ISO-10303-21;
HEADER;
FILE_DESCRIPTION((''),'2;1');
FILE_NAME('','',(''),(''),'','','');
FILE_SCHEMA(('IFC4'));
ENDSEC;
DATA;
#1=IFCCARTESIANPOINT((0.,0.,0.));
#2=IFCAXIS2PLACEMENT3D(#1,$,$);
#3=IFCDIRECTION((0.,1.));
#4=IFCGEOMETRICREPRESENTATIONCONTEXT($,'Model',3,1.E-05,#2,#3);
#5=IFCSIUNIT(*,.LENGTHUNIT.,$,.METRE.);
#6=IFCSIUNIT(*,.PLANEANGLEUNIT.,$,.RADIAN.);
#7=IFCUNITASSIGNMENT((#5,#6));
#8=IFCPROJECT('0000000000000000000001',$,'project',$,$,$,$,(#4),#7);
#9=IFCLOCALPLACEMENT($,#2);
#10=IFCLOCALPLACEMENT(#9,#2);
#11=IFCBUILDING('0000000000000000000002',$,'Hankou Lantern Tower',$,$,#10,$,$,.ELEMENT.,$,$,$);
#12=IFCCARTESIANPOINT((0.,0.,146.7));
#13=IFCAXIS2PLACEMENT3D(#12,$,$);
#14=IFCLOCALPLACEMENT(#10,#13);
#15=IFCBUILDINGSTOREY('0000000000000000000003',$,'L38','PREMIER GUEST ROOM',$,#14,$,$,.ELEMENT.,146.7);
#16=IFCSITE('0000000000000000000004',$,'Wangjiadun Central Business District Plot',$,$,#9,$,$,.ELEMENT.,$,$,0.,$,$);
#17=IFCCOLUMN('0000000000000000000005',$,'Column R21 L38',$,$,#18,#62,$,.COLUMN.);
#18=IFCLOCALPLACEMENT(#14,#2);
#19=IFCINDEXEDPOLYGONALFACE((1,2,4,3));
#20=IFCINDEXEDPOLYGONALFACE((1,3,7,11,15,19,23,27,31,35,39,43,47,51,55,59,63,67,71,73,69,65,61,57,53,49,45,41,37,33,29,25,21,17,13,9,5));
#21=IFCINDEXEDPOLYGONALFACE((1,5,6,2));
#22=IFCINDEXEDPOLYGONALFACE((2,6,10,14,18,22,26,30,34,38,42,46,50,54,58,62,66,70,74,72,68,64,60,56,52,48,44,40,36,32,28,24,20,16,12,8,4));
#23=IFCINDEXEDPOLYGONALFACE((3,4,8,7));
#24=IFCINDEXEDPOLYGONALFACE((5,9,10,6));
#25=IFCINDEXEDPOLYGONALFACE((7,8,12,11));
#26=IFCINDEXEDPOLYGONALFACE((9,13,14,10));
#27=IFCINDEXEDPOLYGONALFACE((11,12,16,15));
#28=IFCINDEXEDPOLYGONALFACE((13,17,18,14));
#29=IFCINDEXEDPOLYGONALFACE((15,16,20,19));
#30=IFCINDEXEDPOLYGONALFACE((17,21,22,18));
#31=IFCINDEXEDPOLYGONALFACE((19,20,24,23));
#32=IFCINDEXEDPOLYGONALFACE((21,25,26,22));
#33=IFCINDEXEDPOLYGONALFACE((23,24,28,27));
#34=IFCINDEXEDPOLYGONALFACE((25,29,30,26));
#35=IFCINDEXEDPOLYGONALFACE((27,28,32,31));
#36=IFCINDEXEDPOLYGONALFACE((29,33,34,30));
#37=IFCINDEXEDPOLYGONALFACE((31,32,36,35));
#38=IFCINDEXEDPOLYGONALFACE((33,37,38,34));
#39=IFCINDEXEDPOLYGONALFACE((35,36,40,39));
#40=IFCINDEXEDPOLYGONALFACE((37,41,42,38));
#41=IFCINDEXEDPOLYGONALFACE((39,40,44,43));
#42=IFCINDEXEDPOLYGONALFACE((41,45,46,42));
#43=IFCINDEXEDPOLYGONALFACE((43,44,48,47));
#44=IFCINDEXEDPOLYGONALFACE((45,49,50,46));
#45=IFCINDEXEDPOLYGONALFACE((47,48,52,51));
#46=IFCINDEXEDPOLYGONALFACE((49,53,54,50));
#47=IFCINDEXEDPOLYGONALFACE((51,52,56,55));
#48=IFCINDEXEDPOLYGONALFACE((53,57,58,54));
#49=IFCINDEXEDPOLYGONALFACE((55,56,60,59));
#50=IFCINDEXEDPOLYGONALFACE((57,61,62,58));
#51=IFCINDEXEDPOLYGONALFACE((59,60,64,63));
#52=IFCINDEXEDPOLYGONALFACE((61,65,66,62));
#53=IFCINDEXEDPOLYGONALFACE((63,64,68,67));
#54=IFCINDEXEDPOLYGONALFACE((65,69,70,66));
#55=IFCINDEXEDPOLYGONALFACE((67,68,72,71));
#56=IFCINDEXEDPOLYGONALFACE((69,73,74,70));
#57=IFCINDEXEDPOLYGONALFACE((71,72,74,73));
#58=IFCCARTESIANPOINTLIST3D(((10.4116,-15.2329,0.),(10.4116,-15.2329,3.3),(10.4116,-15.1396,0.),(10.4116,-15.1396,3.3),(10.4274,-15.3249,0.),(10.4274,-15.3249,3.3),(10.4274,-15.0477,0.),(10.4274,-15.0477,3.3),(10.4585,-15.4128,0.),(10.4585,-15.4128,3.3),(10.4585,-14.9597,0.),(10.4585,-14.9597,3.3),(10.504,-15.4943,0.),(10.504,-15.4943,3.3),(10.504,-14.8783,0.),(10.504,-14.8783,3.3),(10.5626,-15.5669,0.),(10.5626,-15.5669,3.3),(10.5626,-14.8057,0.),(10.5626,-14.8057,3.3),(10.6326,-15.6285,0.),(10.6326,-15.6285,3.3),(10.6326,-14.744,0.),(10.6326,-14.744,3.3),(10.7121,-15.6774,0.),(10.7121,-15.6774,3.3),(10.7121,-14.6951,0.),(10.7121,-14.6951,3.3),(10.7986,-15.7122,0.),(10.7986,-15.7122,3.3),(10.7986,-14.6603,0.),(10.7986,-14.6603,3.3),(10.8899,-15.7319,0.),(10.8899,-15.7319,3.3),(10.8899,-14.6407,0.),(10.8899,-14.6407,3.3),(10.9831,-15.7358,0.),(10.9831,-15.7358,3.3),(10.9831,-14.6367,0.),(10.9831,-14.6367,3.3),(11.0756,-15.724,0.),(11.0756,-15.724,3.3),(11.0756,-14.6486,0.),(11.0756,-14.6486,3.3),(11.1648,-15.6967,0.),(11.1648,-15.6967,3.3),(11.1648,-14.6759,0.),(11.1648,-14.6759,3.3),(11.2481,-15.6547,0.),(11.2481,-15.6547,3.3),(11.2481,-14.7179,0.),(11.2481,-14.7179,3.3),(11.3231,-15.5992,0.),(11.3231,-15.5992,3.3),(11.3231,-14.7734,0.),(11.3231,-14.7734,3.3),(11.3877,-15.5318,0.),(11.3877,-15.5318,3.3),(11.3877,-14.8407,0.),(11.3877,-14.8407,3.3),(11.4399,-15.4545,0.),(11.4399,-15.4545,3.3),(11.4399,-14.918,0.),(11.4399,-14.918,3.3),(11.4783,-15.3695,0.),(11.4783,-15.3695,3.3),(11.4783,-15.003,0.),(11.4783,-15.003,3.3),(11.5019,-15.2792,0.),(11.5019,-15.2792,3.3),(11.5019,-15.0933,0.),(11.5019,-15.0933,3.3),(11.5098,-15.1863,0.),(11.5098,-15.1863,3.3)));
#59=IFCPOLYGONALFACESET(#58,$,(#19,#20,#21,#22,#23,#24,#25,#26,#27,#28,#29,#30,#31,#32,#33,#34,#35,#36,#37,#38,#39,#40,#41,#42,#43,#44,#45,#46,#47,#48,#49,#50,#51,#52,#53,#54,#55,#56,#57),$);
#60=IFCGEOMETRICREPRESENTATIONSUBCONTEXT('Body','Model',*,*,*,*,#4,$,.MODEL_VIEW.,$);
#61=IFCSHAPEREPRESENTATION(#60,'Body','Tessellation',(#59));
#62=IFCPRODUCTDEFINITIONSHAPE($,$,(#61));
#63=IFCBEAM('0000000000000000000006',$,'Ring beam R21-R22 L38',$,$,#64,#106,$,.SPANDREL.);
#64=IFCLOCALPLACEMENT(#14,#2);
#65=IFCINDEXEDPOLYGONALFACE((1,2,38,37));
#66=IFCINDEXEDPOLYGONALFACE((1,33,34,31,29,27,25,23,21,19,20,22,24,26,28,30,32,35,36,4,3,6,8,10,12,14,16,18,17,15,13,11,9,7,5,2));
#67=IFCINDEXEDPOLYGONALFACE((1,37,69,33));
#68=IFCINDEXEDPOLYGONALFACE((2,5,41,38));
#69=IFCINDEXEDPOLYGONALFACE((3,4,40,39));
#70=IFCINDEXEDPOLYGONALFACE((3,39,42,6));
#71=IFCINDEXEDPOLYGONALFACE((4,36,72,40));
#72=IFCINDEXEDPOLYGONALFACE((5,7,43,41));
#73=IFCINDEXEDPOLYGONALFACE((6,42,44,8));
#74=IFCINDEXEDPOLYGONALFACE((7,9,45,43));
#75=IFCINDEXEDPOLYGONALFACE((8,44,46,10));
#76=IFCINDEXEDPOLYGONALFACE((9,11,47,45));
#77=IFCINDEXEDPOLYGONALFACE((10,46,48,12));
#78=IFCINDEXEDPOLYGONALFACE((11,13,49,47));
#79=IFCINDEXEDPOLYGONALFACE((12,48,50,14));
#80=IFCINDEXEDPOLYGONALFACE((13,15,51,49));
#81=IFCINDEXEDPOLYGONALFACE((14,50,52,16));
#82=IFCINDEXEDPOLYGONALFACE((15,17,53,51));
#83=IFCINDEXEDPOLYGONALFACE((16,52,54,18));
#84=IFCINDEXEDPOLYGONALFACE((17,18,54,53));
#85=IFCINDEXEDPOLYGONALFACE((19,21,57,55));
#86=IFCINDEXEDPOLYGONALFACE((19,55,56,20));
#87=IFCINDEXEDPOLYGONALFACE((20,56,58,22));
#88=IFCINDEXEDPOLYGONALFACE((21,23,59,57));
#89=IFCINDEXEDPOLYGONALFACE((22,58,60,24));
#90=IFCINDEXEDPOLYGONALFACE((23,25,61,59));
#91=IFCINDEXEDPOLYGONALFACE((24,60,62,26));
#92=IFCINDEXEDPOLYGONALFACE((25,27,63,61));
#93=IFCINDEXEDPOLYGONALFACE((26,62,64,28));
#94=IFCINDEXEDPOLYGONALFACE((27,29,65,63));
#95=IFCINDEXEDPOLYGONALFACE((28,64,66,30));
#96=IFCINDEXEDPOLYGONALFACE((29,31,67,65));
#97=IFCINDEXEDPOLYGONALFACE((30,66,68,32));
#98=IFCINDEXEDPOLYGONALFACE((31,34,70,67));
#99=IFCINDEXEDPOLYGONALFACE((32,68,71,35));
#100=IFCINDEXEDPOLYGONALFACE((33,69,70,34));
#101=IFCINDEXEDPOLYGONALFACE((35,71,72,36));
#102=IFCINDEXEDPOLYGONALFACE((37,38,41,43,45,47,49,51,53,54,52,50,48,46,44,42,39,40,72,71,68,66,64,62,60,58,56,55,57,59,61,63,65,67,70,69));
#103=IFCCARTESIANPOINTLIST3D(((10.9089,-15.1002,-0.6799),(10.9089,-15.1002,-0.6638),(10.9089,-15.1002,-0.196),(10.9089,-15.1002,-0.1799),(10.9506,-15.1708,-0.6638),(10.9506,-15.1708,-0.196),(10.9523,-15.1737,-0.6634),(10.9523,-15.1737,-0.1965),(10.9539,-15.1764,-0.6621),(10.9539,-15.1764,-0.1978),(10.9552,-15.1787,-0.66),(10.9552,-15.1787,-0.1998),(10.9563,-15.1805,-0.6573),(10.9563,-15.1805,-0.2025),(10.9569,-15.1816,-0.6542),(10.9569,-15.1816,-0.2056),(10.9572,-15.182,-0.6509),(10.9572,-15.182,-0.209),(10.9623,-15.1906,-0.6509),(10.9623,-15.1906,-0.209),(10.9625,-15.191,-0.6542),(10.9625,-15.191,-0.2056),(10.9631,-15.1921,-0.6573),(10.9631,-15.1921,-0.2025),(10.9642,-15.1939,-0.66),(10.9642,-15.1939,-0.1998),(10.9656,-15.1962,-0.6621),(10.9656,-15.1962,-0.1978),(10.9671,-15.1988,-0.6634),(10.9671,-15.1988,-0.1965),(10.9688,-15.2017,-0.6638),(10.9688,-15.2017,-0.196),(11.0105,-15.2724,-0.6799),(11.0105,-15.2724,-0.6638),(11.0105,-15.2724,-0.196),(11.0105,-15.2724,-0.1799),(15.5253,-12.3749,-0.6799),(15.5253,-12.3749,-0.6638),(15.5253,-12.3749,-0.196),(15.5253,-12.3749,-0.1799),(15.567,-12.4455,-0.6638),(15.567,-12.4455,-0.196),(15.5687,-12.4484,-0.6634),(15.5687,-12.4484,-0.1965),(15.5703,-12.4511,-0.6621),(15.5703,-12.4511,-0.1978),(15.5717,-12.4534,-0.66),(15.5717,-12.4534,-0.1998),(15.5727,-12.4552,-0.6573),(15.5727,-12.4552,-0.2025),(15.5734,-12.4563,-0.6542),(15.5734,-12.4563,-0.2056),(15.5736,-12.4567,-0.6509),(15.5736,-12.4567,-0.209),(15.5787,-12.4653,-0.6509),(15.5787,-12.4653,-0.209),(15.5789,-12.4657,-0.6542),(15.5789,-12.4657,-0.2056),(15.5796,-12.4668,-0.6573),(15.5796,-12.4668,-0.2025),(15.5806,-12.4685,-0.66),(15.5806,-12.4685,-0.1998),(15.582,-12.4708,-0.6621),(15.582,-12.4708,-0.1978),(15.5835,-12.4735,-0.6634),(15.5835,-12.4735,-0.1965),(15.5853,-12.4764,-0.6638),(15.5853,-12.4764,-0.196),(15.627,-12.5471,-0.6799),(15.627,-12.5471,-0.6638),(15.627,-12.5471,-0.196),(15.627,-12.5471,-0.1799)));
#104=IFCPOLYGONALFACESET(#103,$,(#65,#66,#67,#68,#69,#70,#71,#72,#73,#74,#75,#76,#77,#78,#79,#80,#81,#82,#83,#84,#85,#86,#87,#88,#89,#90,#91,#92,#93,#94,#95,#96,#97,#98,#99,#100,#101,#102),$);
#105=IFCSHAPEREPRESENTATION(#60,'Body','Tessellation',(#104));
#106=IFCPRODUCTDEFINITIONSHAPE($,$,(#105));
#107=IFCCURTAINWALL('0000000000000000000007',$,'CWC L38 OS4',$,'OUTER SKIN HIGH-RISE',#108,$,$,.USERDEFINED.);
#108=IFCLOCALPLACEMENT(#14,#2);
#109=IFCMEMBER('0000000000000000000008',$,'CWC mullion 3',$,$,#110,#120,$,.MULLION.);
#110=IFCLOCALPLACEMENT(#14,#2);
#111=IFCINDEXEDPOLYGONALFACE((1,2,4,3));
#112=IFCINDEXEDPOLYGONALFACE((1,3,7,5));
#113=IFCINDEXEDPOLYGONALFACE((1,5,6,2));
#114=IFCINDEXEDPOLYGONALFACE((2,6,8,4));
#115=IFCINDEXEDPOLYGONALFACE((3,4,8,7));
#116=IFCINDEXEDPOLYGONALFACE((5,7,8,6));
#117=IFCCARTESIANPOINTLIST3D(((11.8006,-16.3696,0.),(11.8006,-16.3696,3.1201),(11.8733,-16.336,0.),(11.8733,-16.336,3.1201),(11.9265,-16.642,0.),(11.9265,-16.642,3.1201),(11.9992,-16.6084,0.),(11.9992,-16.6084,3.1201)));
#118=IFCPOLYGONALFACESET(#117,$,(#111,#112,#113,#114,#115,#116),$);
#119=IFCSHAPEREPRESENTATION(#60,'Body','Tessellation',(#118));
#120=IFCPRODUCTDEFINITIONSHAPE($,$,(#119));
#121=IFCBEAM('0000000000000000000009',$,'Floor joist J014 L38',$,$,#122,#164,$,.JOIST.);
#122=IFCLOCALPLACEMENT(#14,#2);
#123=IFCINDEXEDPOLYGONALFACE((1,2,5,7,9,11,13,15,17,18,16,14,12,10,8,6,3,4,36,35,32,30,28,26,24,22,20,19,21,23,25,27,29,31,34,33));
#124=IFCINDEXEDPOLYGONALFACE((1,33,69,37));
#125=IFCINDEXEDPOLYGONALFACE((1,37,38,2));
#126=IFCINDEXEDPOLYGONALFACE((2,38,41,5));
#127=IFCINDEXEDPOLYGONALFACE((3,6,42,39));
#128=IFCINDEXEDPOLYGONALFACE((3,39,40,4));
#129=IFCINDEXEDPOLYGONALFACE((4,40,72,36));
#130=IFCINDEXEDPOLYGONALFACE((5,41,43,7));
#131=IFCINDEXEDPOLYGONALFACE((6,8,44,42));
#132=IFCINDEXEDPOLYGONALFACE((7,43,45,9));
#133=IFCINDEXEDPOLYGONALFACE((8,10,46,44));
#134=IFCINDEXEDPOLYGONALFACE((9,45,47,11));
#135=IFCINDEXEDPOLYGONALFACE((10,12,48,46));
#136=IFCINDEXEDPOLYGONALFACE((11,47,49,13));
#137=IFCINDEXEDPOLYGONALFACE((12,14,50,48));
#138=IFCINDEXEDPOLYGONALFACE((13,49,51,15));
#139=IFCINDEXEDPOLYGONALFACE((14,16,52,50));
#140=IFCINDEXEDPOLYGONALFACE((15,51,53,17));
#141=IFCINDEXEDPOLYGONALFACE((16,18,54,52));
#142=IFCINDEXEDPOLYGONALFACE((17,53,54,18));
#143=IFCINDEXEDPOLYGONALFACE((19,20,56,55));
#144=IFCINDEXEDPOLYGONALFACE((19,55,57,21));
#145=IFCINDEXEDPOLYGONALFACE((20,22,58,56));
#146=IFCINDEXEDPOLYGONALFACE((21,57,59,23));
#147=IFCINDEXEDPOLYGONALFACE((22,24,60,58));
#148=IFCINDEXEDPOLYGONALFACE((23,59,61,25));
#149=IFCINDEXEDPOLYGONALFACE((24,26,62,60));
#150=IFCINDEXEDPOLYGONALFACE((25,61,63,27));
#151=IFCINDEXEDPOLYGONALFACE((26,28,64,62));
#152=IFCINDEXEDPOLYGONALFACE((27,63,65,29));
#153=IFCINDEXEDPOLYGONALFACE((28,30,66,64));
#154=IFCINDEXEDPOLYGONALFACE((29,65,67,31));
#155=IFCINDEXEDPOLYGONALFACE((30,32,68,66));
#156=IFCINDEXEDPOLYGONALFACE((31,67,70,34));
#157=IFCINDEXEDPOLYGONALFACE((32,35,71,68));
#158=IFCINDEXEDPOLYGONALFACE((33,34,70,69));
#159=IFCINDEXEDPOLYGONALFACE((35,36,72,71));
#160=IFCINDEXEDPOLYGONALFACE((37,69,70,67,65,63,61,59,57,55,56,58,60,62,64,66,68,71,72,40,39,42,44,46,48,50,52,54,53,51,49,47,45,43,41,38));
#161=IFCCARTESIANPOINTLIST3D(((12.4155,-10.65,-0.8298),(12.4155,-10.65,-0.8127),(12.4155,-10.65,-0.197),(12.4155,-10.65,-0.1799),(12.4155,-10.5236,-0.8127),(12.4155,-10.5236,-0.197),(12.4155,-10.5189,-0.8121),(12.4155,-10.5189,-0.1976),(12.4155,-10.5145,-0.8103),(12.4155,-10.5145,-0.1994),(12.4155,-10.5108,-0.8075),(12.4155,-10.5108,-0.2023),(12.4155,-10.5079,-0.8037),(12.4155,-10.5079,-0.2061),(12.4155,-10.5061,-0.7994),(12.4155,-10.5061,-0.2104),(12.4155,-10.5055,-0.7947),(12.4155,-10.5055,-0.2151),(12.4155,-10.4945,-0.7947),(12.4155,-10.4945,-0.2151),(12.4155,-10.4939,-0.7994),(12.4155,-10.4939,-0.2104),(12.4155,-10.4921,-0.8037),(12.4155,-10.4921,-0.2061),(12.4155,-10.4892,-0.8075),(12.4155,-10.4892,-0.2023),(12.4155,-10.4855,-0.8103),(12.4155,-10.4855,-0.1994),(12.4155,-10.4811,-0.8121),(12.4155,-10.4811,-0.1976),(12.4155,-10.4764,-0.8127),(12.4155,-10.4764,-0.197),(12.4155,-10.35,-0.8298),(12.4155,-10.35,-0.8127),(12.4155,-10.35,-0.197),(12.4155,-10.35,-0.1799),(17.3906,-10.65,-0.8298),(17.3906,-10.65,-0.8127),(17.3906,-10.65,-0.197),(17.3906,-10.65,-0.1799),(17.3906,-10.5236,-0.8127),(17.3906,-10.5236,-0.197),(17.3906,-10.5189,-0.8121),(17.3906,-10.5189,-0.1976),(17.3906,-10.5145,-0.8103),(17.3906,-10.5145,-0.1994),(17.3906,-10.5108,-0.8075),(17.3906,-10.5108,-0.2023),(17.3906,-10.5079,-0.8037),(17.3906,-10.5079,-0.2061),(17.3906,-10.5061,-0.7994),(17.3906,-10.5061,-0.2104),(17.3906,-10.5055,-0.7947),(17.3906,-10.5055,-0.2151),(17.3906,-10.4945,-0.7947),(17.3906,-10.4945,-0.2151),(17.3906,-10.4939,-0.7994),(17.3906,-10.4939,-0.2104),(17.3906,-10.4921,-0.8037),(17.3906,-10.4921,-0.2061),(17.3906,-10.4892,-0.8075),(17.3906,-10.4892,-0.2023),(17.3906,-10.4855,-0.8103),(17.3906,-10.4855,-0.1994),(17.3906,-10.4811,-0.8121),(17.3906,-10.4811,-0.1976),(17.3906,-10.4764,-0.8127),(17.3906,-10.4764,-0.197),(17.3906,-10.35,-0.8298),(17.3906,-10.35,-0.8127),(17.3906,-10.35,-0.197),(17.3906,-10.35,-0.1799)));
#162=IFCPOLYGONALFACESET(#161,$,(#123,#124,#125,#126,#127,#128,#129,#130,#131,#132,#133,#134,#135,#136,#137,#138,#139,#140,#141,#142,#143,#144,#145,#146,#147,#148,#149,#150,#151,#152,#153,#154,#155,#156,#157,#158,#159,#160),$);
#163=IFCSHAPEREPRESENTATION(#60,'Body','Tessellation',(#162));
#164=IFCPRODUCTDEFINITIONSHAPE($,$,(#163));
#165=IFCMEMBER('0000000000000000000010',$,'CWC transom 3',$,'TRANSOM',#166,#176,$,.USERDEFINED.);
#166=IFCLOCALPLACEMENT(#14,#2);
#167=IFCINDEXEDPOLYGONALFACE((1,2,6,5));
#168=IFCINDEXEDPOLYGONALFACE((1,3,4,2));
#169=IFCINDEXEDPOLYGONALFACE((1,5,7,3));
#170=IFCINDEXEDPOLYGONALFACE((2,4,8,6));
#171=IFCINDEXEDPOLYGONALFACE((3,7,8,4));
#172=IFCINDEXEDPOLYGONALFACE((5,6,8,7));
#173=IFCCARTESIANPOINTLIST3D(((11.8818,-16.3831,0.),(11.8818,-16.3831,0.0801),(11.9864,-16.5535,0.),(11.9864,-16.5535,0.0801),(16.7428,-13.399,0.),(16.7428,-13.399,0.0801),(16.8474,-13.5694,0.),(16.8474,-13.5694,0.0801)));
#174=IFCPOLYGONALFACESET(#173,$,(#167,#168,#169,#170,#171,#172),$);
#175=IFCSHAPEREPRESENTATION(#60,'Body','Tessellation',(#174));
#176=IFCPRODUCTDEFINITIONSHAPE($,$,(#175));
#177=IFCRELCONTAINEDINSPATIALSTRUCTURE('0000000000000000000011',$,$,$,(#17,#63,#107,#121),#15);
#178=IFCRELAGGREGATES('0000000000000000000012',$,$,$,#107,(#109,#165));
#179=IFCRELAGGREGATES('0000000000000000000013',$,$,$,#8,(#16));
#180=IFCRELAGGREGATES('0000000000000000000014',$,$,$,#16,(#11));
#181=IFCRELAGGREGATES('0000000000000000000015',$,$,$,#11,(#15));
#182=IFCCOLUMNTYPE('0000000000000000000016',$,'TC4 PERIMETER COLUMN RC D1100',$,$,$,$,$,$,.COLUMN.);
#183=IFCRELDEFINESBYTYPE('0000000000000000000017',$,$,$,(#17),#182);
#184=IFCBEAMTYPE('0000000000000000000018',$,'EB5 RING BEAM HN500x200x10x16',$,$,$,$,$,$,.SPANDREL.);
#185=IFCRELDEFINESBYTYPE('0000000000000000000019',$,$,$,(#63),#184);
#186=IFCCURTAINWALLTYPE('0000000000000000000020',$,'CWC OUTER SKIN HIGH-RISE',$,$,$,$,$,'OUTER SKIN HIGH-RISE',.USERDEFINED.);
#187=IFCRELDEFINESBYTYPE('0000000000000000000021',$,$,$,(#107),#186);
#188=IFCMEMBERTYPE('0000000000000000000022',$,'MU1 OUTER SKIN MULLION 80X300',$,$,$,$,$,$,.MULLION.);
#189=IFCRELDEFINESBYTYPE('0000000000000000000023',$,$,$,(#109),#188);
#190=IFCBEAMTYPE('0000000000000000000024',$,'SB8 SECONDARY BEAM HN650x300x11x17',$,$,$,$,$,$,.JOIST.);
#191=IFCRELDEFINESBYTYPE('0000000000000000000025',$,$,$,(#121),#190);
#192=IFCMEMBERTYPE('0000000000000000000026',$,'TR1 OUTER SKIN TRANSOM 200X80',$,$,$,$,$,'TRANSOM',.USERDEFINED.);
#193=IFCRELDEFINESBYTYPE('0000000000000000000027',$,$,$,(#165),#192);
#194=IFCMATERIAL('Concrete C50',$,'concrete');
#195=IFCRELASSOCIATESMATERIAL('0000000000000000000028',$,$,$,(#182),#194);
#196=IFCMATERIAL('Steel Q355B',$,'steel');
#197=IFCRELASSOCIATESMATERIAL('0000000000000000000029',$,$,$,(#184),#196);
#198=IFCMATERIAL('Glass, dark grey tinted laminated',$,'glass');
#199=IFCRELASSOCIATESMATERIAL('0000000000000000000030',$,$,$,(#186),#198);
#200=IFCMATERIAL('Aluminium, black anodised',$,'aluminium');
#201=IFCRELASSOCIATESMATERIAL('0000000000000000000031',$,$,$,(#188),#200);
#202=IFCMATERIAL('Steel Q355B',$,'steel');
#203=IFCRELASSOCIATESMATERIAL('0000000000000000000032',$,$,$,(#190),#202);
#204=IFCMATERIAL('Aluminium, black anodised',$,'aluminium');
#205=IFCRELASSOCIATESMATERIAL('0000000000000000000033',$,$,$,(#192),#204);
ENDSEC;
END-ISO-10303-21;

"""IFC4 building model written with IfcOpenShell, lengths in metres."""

from ifc_helpers import new_model, si_unit, direction, frame, origin, origin_2d, place, context, subcontext, project, spatial, rectangle, circle, i_section, extrude, material, material_profile, profile_set, type_object, element, aggregate, save


model = new_model("IFC4")

# Units and contexts
model_context = context("Model", 3, precision=1e-05, world=origin(), true_north=direction((0.0, 1.0)))
body_context = subcontext(model_context, "Body", "Model", "MODEL_VIEW")
ifc_project = project(units=[si_unit("LENGTHUNIT", "METRE"), si_unit("PLANEANGLEUNIT", "RADIAN")], contexts=[model_context])

# Site, building, storey
site_placement = place(None, origin())
site = spatial("IfcSite", under=ifc_project, at=site_placement, Name="Wangjiadun Central Business District Plot", CompositionType="ELEMENT", RefElevation=0.0)
building_placement = place(site_placement, origin())
building = spatial("IfcBuilding", under=site, at=building_placement, Name="Hankou Lantern Tower", CompositionType="ELEMENT")
storey_placement = place(building_placement, frame((0.0, 0.0, 146.7)))
storey = spatial("IfcBuildingStorey", under=building, at=storey_placement, Name="L38", Description="PREMIER GUEST ROOM", CompositionType="ELEMENT", Elevation=146.7)

# Column
ifc_material_1 = material(Name="Concrete C50", Category="concrete")
ifc_material_profile_1 = material_profile(ifc_material_1, circle(Radius=0.55, at=origin_2d()), Name="RC D1100")
ifc_profile_set_1 = profile_set([ifc_material_profile_1], Name="Concrete C50")
column_type = type_object("IfcColumnType", Name="TC4 PERIMETER COLUMN RC D1100", PredefinedType="COLUMN", material=ifc_profile_set_1)
column_placement = place(storey_placement, frame((10.9597, -15.1863, 0.0), z_axis=(0.0, 0.0, 1.0), x_axis=(1.0, 0.0, 0.0)))
element("IfcColumn", 1, at=column_placement, inside=storey, type_object=column_type, Name="Column R21 L38", PredefinedType="COLUMN", context=body_context, shape_type="SweptSolid", body=[
    extrude(circle(Radius=0.55, at=origin_2d()), origin(), (0.0, 0.0, 1.0), 3.3),
])

# Beam
ifc_material_2 = material(Name="Steel Q355B", Category="steel")
ifc_material_profile_2 = material_profile(ifc_material_2, i_section(OverallWidth=0.2, OverallDepth=0.5, WebThickness=0.01, FlangeThickness=0.0161, FilletRadius=0.0129, at=origin_2d()), Name="HN500x200x10x16")
ifc_profile_set_2 = profile_set([ifc_material_profile_2], Name="Steel Q355B")
beam_type_1 = type_object("IfcBeamType", Name="EB5 RING BEAM HN500x200x10x16", PredefinedType="SPANDREL", material=ifc_profile_set_2)
beam_1_placement = place(storey_placement, frame((10.9597, -15.1863, -0.4299), z_axis=(0.861136, 0.508375, 0.0), x_axis=(-0.508375, 0.861136, 0.0)))
element("IfcBeam", 2, at=beam_1_placement, inside=storey, type_object=beam_type_1, Name="Ring beam R21-R22 L38", PredefinedType="SPANDREL", context=body_context, shape_type="SweptSolid", body=[
    extrude(i_section(OverallWidth=0.2, OverallDepth=0.5, WebThickness=0.01, FlangeThickness=0.0161, FilletRadius=0.0129, at=origin_2d()), origin(), (0.0, 0.0, 1.0), 5.3608),
])

# Curtain wall, member
ifc_material_3 = material(Name="Glass, dark grey tinted laminated", Category="glass")
curtain_wall_type = type_object("IfcCurtainWallType", Name="CWC OUTER SKIN HIGH-RISE", ElementType="OUTER SKIN HIGH-RISE", PredefinedType="USERDEFINED", material=ifc_material_3)
curtain_wall_placement = place(storey_placement, origin())
curtain_wall = element("IfcCurtainWall", 3, at=curtain_wall_placement, inside=storey, type_object=curtain_wall_type, Name="CWC L38 OS4", ObjectType="OUTER SKIN HIGH-RISE", PredefinedType="USERDEFINED")
ifc_material_4 = material(Name="Aluminium, black anodised", Category="aluminium")
ifc_material_profile_3 = material_profile(ifc_material_4, rectangle(XDim=0.0801, YDim=0.3, at=origin_2d()), Name="MU1 80X300")
ifc_profile_set_3 = profile_set([ifc_material_profile_3], Name="Aluminium, black anodised")
member_type_1 = type_object("IfcMemberType", Name="MU1 OUTER SKIN MULLION 80X300", PredefinedType="MULLION", material=ifc_profile_set_3)
member_1_placement = place(storey_placement, frame((11.8999, -16.489, 0.0), z_axis=(0.0, 0.0, 1.0), x_axis=(0.907841, 0.419314, 0.0)))
member_1 = element("IfcMember", 4, at=member_1_placement, type_object=member_type_1, Name="CWC mullion 3", PredefinedType="MULLION", context=body_context, shape_type="SweptSolid", body=[
    extrude(rectangle(XDim=0.0801, YDim=0.3, at=origin_2d()), origin(), (0.0, 0.0, 1.0), 3.1201),
])

# Beam
ifc_material_5 = material(Name="Steel Q355B", Category="steel")
ifc_material_profile_4 = material_profile(ifc_material_5, i_section(OverallWidth=0.3, OverallDepth=0.6499, WebThickness=0.011, FlangeThickness=0.0171, FilletRadius=0.0181, at=origin_2d()), Name="HN650x300x11x17")
ifc_profile_set_4 = profile_set([ifc_material_profile_4], Name="Steel Q355B")
beam_type_2 = type_object("IfcBeamType", Name="SB8 SECONDARY BEAM HN650x300x11x17", PredefinedType="JOIST", material=ifc_profile_set_4)
beam_2_placement = place(storey_placement, frame((12.4155, -10.5, -0.5049), z_axis=(1.0, 0.0, 0.0), x_axis=(0.0, 1.0, 0.0)))
element("IfcBeam", 5, at=beam_2_placement, inside=storey, type_object=beam_type_2, Name="Floor joist J014 L38", PredefinedType="JOIST", context=body_context, shape_type="SweptSolid", body=[
    extrude(i_section(OverallWidth=0.3, OverallDepth=0.6499, WebThickness=0.011, FlangeThickness=0.0171, FilletRadius=0.0181, at=origin_2d()), origin(), (0.0, 0.0, 1.0), 4.9751),
])

# Member
ifc_material_6 = material(Name="Aluminium, black anodised", Category="aluminium")
ifc_material_profile_5 = material_profile(ifc_material_6, rectangle(XDim=0.2, YDim=0.0801, at=origin_2d()), Name="TR1 200X80")
ifc_profile_set_5 = profile_set([ifc_material_profile_5], Name="Aluminium, black anodised")
member_type_2 = type_object("IfcMemberType", Name="TR1 OUTER SKIN TRANSOM 200X80", ElementType="TRANSOM", PredefinedType="USERDEFINED", material=ifc_profile_set_5)
member_2_placement = place(storey_placement, frame((11.9341, -16.4683, 0.04), z_axis=(0.852229, 0.523168, 0.0), x_axis=(-0.523168, 0.852229, 0.0)))
member_2 = element("IfcMember", 6, at=member_2_placement, type_object=member_type_2, Name="CWC transom 3", ObjectType="TRANSOM", PredefinedType="USERDEFINED", context=body_context, shape_type="SweptSolid", body=[
    extrude(rectangle(XDim=0.2, YDim=0.0801, at=origin_2d()), origin(), (0.0, 0.0, 1.0), 5.7039),
])

aggregate(curtain_wall, [member_1, member_2])

save(model, "model.ifc")
